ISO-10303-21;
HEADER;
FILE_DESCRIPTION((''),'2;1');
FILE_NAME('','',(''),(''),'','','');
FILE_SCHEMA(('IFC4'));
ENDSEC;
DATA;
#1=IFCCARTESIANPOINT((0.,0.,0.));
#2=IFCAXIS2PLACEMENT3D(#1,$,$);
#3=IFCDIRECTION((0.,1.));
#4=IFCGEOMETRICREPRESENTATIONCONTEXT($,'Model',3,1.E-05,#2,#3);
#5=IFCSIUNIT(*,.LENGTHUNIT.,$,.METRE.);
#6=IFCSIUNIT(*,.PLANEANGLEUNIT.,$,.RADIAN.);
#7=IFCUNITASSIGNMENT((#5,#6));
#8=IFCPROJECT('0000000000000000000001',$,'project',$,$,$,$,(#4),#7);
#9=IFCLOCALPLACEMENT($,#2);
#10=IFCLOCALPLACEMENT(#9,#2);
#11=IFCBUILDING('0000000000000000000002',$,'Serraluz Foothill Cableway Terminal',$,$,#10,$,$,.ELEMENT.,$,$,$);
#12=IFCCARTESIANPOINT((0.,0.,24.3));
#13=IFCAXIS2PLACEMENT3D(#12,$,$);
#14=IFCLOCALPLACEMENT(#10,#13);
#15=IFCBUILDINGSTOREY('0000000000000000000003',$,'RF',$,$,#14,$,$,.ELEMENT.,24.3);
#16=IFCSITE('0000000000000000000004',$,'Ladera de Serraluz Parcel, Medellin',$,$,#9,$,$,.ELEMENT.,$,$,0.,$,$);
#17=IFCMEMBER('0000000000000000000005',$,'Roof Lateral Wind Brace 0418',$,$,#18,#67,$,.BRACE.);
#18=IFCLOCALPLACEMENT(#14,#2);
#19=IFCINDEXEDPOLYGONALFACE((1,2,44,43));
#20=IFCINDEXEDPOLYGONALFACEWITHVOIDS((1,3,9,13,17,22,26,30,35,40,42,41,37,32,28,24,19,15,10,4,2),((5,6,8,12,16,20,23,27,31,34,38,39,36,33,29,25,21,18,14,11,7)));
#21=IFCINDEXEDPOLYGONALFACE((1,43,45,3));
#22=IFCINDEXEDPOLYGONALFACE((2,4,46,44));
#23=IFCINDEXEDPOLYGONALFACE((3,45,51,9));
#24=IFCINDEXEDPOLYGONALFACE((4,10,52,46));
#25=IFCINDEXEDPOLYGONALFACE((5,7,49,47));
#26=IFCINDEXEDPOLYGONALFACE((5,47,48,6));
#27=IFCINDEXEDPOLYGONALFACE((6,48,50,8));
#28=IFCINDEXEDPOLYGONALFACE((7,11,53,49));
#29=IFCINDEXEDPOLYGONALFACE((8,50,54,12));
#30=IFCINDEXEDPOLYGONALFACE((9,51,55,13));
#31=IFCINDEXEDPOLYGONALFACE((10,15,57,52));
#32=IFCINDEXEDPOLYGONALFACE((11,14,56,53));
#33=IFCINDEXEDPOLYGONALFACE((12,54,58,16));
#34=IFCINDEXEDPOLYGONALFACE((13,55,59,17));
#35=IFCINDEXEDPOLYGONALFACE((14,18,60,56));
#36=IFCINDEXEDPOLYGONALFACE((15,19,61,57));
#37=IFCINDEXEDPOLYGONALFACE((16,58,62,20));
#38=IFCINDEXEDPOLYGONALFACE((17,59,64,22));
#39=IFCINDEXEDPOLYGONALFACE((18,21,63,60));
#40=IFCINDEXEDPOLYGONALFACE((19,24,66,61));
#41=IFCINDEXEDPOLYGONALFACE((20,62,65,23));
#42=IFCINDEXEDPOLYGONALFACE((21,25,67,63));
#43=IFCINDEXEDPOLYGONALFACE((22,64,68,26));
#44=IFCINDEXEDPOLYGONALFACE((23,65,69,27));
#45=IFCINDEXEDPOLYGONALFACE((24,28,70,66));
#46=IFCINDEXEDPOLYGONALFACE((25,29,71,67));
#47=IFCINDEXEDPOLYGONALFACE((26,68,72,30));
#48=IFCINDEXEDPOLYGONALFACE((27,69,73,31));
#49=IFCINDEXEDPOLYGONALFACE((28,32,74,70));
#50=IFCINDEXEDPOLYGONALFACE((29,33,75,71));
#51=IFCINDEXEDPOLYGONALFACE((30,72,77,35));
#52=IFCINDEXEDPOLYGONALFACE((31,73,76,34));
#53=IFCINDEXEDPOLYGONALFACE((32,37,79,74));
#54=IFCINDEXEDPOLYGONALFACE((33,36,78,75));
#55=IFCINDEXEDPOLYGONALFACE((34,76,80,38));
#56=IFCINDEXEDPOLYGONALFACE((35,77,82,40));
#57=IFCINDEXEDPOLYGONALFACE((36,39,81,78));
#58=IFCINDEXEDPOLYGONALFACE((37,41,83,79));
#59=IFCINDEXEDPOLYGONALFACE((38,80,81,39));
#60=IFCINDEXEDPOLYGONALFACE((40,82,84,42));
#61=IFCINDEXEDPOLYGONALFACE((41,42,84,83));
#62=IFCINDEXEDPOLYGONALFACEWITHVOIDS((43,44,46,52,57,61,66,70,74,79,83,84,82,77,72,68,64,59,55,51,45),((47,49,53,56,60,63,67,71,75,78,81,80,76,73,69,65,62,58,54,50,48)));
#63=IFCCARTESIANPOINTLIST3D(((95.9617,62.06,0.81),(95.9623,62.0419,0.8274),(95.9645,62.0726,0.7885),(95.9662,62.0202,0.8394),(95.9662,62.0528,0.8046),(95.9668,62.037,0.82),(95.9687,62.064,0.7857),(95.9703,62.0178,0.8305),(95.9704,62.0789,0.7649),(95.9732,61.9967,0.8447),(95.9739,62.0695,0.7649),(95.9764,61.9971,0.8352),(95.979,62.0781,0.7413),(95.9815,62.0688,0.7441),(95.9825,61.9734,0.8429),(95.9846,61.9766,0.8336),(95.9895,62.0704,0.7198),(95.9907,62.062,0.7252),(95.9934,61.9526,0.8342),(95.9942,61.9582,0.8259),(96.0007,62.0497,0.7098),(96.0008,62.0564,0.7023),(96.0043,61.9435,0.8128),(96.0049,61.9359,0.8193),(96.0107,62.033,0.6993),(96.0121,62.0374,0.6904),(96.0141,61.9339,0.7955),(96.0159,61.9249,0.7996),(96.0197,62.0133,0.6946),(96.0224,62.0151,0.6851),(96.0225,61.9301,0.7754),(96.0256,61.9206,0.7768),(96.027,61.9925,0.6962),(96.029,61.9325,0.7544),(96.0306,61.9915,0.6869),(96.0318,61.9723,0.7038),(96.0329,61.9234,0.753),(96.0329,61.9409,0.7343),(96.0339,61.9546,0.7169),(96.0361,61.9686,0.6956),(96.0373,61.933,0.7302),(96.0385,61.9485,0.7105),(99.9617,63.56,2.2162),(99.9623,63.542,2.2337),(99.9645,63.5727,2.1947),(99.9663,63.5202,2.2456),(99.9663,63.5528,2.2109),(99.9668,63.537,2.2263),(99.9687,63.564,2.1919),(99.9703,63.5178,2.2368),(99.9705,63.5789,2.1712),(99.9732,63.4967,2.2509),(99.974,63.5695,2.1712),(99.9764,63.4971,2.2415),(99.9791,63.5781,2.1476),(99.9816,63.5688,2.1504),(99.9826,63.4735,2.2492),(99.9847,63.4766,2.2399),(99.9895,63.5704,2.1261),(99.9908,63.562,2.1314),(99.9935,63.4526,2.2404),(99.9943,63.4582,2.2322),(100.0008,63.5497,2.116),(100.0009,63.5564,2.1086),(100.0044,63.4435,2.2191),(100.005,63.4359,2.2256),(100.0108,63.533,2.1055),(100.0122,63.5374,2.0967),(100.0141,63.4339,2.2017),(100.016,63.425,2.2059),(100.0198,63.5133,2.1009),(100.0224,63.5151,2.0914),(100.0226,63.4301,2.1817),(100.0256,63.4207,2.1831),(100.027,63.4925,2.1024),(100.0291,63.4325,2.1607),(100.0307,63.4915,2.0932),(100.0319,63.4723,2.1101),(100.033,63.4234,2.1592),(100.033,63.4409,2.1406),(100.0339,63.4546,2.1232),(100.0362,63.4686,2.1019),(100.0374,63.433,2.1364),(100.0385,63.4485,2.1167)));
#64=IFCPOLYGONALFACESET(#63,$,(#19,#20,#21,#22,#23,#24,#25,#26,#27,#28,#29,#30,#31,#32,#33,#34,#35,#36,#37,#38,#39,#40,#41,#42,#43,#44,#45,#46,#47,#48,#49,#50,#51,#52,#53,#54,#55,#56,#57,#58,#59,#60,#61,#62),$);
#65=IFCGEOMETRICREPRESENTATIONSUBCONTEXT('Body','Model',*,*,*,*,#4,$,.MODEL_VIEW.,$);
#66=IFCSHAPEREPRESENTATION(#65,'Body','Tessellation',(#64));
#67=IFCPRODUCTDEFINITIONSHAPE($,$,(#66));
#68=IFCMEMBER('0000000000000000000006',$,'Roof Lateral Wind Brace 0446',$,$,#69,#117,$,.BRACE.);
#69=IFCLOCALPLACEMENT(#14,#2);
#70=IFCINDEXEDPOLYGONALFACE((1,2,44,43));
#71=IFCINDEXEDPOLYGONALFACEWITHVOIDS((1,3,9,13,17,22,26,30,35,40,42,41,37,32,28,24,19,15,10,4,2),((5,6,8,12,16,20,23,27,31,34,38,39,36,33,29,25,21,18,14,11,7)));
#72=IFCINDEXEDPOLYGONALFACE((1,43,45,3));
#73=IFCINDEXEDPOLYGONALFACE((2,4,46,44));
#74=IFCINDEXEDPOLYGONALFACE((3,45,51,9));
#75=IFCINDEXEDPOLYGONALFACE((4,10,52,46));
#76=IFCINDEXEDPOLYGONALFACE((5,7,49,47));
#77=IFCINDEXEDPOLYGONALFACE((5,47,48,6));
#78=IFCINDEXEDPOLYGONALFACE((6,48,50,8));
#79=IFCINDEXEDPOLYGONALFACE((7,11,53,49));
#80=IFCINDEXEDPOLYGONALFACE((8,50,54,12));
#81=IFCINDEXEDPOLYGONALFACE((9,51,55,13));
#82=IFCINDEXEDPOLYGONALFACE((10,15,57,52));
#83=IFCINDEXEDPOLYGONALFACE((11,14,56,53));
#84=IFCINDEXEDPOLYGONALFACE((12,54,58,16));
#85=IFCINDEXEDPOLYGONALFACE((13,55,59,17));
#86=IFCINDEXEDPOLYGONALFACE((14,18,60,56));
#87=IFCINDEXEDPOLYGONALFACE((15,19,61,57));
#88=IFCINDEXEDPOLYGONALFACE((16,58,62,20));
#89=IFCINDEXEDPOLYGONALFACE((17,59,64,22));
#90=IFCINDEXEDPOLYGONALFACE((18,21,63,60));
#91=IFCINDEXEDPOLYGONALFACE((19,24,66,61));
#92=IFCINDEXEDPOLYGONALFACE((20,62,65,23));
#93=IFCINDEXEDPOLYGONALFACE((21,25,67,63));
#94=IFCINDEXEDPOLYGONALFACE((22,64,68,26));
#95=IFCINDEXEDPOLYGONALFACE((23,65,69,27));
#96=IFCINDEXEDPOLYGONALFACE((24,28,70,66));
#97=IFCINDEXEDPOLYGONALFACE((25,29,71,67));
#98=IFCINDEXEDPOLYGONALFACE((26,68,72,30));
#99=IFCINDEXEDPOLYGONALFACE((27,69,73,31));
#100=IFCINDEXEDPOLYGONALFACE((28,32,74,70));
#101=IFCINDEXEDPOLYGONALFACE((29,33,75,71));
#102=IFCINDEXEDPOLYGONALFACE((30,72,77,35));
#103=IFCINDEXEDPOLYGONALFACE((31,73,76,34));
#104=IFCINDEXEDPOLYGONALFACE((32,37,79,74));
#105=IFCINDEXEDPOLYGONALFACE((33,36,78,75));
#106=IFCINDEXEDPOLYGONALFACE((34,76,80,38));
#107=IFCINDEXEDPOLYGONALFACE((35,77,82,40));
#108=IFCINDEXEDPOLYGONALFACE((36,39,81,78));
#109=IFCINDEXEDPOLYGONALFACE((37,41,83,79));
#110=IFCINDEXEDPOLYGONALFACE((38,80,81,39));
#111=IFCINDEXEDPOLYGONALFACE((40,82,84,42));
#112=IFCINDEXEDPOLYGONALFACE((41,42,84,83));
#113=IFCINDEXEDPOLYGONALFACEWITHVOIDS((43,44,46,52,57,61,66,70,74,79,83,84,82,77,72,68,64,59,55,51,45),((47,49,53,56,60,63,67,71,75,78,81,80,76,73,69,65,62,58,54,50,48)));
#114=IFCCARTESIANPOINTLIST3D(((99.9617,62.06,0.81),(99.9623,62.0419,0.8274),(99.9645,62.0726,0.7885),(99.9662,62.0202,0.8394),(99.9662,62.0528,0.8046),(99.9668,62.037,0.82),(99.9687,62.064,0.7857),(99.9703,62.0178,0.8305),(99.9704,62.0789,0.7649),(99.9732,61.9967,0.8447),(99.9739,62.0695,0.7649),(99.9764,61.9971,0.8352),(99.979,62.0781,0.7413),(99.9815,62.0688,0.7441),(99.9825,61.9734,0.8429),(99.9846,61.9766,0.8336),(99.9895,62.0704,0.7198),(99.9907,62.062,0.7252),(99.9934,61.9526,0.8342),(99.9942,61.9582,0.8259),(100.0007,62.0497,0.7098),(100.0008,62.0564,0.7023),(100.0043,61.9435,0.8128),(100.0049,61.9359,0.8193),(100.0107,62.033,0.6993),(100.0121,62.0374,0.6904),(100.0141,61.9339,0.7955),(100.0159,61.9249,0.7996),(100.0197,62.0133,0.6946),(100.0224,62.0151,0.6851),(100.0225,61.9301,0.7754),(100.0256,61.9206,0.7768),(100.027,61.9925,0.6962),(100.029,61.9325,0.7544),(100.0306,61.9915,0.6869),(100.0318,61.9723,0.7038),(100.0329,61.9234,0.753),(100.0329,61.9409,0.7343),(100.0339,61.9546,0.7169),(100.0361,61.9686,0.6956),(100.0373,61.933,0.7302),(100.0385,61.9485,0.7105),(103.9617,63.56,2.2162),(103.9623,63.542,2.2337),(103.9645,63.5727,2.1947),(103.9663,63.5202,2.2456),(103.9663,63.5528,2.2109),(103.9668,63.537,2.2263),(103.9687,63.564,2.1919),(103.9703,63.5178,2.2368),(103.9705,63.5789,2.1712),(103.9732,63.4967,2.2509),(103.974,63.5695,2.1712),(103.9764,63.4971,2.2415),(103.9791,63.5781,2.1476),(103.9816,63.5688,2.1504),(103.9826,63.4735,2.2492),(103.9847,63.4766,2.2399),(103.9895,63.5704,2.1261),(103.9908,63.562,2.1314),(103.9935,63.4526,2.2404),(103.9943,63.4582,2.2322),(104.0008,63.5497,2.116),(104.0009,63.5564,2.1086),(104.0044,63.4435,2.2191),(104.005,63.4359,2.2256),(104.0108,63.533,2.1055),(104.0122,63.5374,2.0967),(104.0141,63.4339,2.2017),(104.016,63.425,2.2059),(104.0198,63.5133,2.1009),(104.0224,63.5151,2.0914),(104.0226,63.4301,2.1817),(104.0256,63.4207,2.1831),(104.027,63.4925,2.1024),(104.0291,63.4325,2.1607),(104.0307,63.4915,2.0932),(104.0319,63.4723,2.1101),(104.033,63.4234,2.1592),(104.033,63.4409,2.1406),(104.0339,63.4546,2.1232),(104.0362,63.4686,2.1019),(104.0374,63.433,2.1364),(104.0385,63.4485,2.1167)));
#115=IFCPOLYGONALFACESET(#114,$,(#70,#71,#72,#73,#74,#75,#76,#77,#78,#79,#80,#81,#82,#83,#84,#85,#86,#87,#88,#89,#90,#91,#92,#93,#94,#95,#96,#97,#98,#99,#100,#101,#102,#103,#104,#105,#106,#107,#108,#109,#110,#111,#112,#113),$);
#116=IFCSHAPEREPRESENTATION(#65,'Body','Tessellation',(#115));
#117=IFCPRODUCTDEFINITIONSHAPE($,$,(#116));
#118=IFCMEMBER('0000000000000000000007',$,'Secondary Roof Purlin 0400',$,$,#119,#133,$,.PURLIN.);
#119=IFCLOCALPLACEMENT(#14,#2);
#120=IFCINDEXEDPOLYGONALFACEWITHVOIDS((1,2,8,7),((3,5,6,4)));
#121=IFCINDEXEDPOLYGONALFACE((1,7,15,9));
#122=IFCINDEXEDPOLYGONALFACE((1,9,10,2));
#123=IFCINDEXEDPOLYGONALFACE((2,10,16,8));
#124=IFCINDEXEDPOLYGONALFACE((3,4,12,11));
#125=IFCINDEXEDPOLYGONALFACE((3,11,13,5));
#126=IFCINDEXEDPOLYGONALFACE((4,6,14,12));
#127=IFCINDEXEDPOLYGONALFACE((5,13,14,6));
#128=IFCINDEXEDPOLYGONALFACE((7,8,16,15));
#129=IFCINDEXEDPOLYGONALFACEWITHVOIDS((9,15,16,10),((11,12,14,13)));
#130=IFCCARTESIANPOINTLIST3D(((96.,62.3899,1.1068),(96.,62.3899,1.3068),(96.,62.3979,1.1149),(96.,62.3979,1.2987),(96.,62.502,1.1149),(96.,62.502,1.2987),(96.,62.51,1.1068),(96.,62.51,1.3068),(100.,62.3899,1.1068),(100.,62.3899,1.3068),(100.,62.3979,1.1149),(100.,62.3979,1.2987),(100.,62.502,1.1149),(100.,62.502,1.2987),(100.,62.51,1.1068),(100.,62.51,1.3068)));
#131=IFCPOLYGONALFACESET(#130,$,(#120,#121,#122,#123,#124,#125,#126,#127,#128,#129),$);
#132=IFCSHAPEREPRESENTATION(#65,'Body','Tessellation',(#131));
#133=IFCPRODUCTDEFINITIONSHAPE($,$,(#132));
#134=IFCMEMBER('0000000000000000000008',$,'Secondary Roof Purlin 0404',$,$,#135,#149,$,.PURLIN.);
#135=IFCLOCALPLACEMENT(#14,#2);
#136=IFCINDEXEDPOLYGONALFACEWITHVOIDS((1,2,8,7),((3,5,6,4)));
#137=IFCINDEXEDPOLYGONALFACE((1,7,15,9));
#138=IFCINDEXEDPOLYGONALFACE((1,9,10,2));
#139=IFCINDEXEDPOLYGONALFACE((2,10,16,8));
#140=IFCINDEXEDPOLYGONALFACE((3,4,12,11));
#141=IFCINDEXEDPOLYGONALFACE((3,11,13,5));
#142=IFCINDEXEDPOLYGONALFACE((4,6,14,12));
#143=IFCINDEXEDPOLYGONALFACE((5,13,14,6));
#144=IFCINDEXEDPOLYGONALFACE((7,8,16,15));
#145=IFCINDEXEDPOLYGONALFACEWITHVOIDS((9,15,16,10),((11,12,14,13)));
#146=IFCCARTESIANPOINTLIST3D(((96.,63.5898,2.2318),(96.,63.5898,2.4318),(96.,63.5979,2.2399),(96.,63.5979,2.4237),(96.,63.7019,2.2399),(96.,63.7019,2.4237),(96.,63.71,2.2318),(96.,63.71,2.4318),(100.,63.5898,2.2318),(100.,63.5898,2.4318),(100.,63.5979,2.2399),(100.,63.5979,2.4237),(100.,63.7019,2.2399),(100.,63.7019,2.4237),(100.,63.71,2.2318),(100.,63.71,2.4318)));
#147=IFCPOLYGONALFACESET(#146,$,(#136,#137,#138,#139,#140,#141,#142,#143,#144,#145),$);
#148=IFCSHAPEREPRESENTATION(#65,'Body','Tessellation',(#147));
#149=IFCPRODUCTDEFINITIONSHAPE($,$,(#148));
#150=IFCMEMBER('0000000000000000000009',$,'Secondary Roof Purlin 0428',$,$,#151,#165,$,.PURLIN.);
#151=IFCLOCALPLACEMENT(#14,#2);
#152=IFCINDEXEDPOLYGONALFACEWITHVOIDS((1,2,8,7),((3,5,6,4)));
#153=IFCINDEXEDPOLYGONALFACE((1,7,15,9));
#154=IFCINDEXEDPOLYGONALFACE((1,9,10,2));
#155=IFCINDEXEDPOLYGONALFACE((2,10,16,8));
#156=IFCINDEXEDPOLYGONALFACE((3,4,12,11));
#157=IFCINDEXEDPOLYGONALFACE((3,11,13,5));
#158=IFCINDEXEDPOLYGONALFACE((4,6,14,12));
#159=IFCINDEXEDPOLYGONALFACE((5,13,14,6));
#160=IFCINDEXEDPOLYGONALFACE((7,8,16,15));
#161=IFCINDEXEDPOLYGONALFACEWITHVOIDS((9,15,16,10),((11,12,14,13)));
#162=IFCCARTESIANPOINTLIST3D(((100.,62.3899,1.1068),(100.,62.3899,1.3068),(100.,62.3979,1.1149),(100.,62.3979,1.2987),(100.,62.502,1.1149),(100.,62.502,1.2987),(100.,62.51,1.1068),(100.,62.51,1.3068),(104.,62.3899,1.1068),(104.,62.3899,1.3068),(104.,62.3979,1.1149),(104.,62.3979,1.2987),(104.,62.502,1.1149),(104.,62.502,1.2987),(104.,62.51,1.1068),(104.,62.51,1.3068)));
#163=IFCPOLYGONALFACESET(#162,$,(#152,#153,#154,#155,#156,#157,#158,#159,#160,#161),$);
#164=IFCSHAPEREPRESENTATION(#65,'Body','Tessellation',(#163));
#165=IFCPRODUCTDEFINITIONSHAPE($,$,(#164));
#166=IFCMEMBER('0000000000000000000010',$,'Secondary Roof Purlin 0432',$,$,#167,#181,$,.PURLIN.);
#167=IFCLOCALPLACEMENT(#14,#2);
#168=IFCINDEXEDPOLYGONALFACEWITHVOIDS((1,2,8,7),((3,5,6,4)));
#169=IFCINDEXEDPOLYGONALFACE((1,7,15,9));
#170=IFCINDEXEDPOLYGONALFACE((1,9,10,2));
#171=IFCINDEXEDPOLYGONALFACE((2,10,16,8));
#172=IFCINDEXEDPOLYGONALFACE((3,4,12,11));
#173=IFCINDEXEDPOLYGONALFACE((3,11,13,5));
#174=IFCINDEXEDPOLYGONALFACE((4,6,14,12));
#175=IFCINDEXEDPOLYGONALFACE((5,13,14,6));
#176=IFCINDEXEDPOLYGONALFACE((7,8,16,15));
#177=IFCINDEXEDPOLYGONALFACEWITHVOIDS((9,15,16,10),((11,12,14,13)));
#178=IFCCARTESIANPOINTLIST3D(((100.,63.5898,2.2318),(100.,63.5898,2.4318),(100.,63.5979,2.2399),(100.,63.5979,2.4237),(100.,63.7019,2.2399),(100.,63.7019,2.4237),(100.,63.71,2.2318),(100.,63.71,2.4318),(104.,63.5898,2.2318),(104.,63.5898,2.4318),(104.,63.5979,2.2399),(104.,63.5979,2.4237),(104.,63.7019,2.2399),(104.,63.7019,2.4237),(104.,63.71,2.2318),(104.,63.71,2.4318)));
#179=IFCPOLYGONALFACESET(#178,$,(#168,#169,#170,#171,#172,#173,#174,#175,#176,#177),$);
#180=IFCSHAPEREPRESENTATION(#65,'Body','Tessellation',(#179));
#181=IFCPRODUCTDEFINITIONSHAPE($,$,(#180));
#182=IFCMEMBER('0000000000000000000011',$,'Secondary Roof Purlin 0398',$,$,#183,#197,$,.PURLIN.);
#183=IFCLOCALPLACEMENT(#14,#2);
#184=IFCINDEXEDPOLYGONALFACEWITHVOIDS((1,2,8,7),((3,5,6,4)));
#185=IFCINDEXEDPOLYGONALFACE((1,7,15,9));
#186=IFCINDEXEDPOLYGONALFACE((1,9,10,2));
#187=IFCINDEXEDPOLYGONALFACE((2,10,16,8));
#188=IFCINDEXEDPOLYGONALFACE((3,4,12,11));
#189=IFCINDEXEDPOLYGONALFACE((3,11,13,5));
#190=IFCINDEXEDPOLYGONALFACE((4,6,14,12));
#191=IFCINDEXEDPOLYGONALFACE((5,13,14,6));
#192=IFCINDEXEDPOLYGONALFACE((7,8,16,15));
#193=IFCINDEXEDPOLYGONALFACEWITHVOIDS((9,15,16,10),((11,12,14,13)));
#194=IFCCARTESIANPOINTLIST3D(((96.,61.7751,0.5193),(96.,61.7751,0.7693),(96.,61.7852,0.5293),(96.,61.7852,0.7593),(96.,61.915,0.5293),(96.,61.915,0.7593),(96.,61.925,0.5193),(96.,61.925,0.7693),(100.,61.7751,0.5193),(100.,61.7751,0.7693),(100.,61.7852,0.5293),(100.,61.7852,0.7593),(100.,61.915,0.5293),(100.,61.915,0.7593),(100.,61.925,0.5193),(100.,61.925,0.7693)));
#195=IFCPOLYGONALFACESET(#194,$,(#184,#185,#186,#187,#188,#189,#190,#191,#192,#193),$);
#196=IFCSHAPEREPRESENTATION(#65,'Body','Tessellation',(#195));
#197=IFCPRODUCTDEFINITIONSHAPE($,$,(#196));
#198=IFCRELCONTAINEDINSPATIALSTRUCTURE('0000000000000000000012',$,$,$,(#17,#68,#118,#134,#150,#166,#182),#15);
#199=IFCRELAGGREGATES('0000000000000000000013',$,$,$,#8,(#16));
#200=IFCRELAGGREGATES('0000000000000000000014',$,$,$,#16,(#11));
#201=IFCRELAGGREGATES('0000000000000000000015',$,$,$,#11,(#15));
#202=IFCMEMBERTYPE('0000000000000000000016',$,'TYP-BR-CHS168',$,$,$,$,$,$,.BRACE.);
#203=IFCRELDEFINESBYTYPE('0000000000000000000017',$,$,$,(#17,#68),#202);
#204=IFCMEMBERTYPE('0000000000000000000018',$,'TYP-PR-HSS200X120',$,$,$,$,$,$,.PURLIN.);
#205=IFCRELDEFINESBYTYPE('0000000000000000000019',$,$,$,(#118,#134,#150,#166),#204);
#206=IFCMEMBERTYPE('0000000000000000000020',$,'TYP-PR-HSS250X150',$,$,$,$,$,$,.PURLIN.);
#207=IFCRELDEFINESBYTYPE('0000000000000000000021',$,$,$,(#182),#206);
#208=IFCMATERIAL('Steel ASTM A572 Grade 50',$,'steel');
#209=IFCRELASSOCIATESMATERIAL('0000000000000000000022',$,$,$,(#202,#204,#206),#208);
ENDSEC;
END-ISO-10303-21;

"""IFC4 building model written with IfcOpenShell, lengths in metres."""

from ifc_helpers import new_model, si_unit, direction, frame, origin, origin_2d, place, context, subcontext, project, spatial, hollow_rectangle, hollow_circle, extrude, material, material_profile, profile_set, type_object, element, save


model = new_model("IFC4")

# Units and contexts
model_context = context("Model", 3, precision=1e-05, world=origin(), true_north=direction((0.0, 1.0)))
body_context = subcontext(model_context, "Body", "Model", "MODEL_VIEW")
ifc_project = project(units=[si_unit("LENGTHUNIT", "METRE"), si_unit("PLANEANGLEUNIT", "RADIAN")], contexts=[model_context])

# Site, building, storey
site_placement = place(None, origin())
site = spatial("IfcSite", under=ifc_project, at=site_placement, Name="Ladera de Serraluz Parcel, Medellin", CompositionType="ELEMENT", RefElevation=0.0)
building_placement = place(site_placement, origin())
building = spatial("IfcBuilding", under=site, at=building_placement, Name="Serraluz Foothill Cableway Terminal", CompositionType="ELEMENT")
storey_placement = place(building_placement, frame((0.0, 0.0, 24.3)))
storey = spatial("IfcBuildingStorey", under=building, at=storey_placement, Name="RF", CompositionType="ELEMENT", Elevation=24.3)

# Members
ifc_material_1 = material(Name="Steel ASTM A572 Grade 50", Category="steel")
ifc_material_profile_1 = material_profile(ifc_material_1, hollow_circle(Radius=0.0842, WallThickness=0.01, at=origin_2d()), Name="CHS168X10")
ifc_profile_set_1 = profile_set([ifc_material_profile_1], Name="Steel ASTM A572 Grade 50")
member_type_1 = type_object("IfcMemberType", Name="TYP-BR-CHS168", PredefinedType="BRACE", material=ifc_profile_set_1)
for number, where, z_axis, x_axis, name in (
    (1, (96.0, 62.0, 0.7649), (0.889382, 0.333518, 0.312673), (-0.351123, 0.936329, 0.0), "Roof Lateral Wind Brace 0418"),
    (2, (100.0, 62.0, 0.7649), (0.889382, 0.333518, 0.312673), (-0.351123, 0.936329, 0.0), "Roof Lateral Wind Brace 0446"),
):
    element("IfcMember", number, at=place(storey_placement, frame(where, z_axis=z_axis, x_axis=x_axis)), inside=storey, type_object=member_type_1, Name=name, PredefinedType="BRACE", context=body_context, shape_type="SweptSolid", body=[
        extrude(hollow_circle(Radius=0.0842, WallThickness=0.01, at=origin_2d()), origin(), (0.0, 0.0, 1.0), 4.4976),
    ])
ifc_material_profile_2 = material_profile(ifc_material_1, hollow_rectangle(XDim=0.1201, YDim=0.2, WallThickness=0.0081, at=origin_2d()), Name="HSS200X120X8")
ifc_profile_set_2 = profile_set([ifc_material_profile_2], Name="Steel ASTM A572 Grade 50")
member_type_2 = type_object("IfcMemberType", Name="TYP-PR-HSS200X120", PredefinedType="PURLIN", material=ifc_profile_set_2)
for number, where, z_axis, x_axis, name in (
    (3, (96.0, 62.45, 1.2068), (1.0, 0.0, 0.0), (0.0, 1.0, 0.0), "Secondary Roof Purlin 0400"),
    (4, (96.0, 63.6499, 2.3318), (1.0, 0.0, 0.0), (0.0, 1.0, 0.0), "Secondary Roof Purlin 0404"),
    (5, (100.0, 62.45, 1.2068), (1.0, 0.0, 0.0), (0.0, 1.0, 0.0), "Secondary Roof Purlin 0428"),
    (6, (100.0, 63.6499, 2.3318), (1.0, 0.0, 0.0), (0.0, 1.0, 0.0), "Secondary Roof Purlin 0432"),
):
    element("IfcMember", number, at=place(storey_placement, frame(where, z_axis=z_axis, x_axis=x_axis)), inside=storey, type_object=member_type_2, Name=name, PredefinedType="PURLIN", context=body_context, shape_type="SweptSolid", body=[
        extrude(hollow_rectangle(XDim=0.1201, YDim=0.2, WallThickness=0.0081, at=origin_2d()), origin(), (0.0, 0.0, 1.0), 4.0),
    ])
ifc_material_profile_3 = material_profile(ifc_material_1, hollow_rectangle(XDim=0.1499, YDim=0.25, WallThickness=0.01, at=origin_2d()), Name="HSS250X150X10")
ifc_profile_set_3 = profile_set([ifc_material_profile_3], Name="Steel ASTM A572 Grade 50")
member_type_3 = type_object("IfcMemberType", Name="TYP-PR-HSS250X150", PredefinedType="PURLIN", material=ifc_profile_set_3)
for number, where, z_axis, x_axis, name in (
    (7, (96.0, 61.8501, 0.6443), (1.0, 0.0, 0.0), (0.0, 1.0, 0.0), "Secondary Roof Purlin 0398"),
):
    element("IfcMember", number, at=place(storey_placement, frame(where, z_axis=z_axis, x_axis=x_axis)), inside=storey, type_object=member_type_3, Name=name, PredefinedType="PURLIN", context=body_context, shape_type="SweptSolid", body=[
        extrude(hollow_rectangle(XDim=0.1499, YDim=0.25, WallThickness=0.01, at=origin_2d()), origin(), (0.0, 0.0, 1.0), 4.0),
    ])

save(model, "model.ifc")
